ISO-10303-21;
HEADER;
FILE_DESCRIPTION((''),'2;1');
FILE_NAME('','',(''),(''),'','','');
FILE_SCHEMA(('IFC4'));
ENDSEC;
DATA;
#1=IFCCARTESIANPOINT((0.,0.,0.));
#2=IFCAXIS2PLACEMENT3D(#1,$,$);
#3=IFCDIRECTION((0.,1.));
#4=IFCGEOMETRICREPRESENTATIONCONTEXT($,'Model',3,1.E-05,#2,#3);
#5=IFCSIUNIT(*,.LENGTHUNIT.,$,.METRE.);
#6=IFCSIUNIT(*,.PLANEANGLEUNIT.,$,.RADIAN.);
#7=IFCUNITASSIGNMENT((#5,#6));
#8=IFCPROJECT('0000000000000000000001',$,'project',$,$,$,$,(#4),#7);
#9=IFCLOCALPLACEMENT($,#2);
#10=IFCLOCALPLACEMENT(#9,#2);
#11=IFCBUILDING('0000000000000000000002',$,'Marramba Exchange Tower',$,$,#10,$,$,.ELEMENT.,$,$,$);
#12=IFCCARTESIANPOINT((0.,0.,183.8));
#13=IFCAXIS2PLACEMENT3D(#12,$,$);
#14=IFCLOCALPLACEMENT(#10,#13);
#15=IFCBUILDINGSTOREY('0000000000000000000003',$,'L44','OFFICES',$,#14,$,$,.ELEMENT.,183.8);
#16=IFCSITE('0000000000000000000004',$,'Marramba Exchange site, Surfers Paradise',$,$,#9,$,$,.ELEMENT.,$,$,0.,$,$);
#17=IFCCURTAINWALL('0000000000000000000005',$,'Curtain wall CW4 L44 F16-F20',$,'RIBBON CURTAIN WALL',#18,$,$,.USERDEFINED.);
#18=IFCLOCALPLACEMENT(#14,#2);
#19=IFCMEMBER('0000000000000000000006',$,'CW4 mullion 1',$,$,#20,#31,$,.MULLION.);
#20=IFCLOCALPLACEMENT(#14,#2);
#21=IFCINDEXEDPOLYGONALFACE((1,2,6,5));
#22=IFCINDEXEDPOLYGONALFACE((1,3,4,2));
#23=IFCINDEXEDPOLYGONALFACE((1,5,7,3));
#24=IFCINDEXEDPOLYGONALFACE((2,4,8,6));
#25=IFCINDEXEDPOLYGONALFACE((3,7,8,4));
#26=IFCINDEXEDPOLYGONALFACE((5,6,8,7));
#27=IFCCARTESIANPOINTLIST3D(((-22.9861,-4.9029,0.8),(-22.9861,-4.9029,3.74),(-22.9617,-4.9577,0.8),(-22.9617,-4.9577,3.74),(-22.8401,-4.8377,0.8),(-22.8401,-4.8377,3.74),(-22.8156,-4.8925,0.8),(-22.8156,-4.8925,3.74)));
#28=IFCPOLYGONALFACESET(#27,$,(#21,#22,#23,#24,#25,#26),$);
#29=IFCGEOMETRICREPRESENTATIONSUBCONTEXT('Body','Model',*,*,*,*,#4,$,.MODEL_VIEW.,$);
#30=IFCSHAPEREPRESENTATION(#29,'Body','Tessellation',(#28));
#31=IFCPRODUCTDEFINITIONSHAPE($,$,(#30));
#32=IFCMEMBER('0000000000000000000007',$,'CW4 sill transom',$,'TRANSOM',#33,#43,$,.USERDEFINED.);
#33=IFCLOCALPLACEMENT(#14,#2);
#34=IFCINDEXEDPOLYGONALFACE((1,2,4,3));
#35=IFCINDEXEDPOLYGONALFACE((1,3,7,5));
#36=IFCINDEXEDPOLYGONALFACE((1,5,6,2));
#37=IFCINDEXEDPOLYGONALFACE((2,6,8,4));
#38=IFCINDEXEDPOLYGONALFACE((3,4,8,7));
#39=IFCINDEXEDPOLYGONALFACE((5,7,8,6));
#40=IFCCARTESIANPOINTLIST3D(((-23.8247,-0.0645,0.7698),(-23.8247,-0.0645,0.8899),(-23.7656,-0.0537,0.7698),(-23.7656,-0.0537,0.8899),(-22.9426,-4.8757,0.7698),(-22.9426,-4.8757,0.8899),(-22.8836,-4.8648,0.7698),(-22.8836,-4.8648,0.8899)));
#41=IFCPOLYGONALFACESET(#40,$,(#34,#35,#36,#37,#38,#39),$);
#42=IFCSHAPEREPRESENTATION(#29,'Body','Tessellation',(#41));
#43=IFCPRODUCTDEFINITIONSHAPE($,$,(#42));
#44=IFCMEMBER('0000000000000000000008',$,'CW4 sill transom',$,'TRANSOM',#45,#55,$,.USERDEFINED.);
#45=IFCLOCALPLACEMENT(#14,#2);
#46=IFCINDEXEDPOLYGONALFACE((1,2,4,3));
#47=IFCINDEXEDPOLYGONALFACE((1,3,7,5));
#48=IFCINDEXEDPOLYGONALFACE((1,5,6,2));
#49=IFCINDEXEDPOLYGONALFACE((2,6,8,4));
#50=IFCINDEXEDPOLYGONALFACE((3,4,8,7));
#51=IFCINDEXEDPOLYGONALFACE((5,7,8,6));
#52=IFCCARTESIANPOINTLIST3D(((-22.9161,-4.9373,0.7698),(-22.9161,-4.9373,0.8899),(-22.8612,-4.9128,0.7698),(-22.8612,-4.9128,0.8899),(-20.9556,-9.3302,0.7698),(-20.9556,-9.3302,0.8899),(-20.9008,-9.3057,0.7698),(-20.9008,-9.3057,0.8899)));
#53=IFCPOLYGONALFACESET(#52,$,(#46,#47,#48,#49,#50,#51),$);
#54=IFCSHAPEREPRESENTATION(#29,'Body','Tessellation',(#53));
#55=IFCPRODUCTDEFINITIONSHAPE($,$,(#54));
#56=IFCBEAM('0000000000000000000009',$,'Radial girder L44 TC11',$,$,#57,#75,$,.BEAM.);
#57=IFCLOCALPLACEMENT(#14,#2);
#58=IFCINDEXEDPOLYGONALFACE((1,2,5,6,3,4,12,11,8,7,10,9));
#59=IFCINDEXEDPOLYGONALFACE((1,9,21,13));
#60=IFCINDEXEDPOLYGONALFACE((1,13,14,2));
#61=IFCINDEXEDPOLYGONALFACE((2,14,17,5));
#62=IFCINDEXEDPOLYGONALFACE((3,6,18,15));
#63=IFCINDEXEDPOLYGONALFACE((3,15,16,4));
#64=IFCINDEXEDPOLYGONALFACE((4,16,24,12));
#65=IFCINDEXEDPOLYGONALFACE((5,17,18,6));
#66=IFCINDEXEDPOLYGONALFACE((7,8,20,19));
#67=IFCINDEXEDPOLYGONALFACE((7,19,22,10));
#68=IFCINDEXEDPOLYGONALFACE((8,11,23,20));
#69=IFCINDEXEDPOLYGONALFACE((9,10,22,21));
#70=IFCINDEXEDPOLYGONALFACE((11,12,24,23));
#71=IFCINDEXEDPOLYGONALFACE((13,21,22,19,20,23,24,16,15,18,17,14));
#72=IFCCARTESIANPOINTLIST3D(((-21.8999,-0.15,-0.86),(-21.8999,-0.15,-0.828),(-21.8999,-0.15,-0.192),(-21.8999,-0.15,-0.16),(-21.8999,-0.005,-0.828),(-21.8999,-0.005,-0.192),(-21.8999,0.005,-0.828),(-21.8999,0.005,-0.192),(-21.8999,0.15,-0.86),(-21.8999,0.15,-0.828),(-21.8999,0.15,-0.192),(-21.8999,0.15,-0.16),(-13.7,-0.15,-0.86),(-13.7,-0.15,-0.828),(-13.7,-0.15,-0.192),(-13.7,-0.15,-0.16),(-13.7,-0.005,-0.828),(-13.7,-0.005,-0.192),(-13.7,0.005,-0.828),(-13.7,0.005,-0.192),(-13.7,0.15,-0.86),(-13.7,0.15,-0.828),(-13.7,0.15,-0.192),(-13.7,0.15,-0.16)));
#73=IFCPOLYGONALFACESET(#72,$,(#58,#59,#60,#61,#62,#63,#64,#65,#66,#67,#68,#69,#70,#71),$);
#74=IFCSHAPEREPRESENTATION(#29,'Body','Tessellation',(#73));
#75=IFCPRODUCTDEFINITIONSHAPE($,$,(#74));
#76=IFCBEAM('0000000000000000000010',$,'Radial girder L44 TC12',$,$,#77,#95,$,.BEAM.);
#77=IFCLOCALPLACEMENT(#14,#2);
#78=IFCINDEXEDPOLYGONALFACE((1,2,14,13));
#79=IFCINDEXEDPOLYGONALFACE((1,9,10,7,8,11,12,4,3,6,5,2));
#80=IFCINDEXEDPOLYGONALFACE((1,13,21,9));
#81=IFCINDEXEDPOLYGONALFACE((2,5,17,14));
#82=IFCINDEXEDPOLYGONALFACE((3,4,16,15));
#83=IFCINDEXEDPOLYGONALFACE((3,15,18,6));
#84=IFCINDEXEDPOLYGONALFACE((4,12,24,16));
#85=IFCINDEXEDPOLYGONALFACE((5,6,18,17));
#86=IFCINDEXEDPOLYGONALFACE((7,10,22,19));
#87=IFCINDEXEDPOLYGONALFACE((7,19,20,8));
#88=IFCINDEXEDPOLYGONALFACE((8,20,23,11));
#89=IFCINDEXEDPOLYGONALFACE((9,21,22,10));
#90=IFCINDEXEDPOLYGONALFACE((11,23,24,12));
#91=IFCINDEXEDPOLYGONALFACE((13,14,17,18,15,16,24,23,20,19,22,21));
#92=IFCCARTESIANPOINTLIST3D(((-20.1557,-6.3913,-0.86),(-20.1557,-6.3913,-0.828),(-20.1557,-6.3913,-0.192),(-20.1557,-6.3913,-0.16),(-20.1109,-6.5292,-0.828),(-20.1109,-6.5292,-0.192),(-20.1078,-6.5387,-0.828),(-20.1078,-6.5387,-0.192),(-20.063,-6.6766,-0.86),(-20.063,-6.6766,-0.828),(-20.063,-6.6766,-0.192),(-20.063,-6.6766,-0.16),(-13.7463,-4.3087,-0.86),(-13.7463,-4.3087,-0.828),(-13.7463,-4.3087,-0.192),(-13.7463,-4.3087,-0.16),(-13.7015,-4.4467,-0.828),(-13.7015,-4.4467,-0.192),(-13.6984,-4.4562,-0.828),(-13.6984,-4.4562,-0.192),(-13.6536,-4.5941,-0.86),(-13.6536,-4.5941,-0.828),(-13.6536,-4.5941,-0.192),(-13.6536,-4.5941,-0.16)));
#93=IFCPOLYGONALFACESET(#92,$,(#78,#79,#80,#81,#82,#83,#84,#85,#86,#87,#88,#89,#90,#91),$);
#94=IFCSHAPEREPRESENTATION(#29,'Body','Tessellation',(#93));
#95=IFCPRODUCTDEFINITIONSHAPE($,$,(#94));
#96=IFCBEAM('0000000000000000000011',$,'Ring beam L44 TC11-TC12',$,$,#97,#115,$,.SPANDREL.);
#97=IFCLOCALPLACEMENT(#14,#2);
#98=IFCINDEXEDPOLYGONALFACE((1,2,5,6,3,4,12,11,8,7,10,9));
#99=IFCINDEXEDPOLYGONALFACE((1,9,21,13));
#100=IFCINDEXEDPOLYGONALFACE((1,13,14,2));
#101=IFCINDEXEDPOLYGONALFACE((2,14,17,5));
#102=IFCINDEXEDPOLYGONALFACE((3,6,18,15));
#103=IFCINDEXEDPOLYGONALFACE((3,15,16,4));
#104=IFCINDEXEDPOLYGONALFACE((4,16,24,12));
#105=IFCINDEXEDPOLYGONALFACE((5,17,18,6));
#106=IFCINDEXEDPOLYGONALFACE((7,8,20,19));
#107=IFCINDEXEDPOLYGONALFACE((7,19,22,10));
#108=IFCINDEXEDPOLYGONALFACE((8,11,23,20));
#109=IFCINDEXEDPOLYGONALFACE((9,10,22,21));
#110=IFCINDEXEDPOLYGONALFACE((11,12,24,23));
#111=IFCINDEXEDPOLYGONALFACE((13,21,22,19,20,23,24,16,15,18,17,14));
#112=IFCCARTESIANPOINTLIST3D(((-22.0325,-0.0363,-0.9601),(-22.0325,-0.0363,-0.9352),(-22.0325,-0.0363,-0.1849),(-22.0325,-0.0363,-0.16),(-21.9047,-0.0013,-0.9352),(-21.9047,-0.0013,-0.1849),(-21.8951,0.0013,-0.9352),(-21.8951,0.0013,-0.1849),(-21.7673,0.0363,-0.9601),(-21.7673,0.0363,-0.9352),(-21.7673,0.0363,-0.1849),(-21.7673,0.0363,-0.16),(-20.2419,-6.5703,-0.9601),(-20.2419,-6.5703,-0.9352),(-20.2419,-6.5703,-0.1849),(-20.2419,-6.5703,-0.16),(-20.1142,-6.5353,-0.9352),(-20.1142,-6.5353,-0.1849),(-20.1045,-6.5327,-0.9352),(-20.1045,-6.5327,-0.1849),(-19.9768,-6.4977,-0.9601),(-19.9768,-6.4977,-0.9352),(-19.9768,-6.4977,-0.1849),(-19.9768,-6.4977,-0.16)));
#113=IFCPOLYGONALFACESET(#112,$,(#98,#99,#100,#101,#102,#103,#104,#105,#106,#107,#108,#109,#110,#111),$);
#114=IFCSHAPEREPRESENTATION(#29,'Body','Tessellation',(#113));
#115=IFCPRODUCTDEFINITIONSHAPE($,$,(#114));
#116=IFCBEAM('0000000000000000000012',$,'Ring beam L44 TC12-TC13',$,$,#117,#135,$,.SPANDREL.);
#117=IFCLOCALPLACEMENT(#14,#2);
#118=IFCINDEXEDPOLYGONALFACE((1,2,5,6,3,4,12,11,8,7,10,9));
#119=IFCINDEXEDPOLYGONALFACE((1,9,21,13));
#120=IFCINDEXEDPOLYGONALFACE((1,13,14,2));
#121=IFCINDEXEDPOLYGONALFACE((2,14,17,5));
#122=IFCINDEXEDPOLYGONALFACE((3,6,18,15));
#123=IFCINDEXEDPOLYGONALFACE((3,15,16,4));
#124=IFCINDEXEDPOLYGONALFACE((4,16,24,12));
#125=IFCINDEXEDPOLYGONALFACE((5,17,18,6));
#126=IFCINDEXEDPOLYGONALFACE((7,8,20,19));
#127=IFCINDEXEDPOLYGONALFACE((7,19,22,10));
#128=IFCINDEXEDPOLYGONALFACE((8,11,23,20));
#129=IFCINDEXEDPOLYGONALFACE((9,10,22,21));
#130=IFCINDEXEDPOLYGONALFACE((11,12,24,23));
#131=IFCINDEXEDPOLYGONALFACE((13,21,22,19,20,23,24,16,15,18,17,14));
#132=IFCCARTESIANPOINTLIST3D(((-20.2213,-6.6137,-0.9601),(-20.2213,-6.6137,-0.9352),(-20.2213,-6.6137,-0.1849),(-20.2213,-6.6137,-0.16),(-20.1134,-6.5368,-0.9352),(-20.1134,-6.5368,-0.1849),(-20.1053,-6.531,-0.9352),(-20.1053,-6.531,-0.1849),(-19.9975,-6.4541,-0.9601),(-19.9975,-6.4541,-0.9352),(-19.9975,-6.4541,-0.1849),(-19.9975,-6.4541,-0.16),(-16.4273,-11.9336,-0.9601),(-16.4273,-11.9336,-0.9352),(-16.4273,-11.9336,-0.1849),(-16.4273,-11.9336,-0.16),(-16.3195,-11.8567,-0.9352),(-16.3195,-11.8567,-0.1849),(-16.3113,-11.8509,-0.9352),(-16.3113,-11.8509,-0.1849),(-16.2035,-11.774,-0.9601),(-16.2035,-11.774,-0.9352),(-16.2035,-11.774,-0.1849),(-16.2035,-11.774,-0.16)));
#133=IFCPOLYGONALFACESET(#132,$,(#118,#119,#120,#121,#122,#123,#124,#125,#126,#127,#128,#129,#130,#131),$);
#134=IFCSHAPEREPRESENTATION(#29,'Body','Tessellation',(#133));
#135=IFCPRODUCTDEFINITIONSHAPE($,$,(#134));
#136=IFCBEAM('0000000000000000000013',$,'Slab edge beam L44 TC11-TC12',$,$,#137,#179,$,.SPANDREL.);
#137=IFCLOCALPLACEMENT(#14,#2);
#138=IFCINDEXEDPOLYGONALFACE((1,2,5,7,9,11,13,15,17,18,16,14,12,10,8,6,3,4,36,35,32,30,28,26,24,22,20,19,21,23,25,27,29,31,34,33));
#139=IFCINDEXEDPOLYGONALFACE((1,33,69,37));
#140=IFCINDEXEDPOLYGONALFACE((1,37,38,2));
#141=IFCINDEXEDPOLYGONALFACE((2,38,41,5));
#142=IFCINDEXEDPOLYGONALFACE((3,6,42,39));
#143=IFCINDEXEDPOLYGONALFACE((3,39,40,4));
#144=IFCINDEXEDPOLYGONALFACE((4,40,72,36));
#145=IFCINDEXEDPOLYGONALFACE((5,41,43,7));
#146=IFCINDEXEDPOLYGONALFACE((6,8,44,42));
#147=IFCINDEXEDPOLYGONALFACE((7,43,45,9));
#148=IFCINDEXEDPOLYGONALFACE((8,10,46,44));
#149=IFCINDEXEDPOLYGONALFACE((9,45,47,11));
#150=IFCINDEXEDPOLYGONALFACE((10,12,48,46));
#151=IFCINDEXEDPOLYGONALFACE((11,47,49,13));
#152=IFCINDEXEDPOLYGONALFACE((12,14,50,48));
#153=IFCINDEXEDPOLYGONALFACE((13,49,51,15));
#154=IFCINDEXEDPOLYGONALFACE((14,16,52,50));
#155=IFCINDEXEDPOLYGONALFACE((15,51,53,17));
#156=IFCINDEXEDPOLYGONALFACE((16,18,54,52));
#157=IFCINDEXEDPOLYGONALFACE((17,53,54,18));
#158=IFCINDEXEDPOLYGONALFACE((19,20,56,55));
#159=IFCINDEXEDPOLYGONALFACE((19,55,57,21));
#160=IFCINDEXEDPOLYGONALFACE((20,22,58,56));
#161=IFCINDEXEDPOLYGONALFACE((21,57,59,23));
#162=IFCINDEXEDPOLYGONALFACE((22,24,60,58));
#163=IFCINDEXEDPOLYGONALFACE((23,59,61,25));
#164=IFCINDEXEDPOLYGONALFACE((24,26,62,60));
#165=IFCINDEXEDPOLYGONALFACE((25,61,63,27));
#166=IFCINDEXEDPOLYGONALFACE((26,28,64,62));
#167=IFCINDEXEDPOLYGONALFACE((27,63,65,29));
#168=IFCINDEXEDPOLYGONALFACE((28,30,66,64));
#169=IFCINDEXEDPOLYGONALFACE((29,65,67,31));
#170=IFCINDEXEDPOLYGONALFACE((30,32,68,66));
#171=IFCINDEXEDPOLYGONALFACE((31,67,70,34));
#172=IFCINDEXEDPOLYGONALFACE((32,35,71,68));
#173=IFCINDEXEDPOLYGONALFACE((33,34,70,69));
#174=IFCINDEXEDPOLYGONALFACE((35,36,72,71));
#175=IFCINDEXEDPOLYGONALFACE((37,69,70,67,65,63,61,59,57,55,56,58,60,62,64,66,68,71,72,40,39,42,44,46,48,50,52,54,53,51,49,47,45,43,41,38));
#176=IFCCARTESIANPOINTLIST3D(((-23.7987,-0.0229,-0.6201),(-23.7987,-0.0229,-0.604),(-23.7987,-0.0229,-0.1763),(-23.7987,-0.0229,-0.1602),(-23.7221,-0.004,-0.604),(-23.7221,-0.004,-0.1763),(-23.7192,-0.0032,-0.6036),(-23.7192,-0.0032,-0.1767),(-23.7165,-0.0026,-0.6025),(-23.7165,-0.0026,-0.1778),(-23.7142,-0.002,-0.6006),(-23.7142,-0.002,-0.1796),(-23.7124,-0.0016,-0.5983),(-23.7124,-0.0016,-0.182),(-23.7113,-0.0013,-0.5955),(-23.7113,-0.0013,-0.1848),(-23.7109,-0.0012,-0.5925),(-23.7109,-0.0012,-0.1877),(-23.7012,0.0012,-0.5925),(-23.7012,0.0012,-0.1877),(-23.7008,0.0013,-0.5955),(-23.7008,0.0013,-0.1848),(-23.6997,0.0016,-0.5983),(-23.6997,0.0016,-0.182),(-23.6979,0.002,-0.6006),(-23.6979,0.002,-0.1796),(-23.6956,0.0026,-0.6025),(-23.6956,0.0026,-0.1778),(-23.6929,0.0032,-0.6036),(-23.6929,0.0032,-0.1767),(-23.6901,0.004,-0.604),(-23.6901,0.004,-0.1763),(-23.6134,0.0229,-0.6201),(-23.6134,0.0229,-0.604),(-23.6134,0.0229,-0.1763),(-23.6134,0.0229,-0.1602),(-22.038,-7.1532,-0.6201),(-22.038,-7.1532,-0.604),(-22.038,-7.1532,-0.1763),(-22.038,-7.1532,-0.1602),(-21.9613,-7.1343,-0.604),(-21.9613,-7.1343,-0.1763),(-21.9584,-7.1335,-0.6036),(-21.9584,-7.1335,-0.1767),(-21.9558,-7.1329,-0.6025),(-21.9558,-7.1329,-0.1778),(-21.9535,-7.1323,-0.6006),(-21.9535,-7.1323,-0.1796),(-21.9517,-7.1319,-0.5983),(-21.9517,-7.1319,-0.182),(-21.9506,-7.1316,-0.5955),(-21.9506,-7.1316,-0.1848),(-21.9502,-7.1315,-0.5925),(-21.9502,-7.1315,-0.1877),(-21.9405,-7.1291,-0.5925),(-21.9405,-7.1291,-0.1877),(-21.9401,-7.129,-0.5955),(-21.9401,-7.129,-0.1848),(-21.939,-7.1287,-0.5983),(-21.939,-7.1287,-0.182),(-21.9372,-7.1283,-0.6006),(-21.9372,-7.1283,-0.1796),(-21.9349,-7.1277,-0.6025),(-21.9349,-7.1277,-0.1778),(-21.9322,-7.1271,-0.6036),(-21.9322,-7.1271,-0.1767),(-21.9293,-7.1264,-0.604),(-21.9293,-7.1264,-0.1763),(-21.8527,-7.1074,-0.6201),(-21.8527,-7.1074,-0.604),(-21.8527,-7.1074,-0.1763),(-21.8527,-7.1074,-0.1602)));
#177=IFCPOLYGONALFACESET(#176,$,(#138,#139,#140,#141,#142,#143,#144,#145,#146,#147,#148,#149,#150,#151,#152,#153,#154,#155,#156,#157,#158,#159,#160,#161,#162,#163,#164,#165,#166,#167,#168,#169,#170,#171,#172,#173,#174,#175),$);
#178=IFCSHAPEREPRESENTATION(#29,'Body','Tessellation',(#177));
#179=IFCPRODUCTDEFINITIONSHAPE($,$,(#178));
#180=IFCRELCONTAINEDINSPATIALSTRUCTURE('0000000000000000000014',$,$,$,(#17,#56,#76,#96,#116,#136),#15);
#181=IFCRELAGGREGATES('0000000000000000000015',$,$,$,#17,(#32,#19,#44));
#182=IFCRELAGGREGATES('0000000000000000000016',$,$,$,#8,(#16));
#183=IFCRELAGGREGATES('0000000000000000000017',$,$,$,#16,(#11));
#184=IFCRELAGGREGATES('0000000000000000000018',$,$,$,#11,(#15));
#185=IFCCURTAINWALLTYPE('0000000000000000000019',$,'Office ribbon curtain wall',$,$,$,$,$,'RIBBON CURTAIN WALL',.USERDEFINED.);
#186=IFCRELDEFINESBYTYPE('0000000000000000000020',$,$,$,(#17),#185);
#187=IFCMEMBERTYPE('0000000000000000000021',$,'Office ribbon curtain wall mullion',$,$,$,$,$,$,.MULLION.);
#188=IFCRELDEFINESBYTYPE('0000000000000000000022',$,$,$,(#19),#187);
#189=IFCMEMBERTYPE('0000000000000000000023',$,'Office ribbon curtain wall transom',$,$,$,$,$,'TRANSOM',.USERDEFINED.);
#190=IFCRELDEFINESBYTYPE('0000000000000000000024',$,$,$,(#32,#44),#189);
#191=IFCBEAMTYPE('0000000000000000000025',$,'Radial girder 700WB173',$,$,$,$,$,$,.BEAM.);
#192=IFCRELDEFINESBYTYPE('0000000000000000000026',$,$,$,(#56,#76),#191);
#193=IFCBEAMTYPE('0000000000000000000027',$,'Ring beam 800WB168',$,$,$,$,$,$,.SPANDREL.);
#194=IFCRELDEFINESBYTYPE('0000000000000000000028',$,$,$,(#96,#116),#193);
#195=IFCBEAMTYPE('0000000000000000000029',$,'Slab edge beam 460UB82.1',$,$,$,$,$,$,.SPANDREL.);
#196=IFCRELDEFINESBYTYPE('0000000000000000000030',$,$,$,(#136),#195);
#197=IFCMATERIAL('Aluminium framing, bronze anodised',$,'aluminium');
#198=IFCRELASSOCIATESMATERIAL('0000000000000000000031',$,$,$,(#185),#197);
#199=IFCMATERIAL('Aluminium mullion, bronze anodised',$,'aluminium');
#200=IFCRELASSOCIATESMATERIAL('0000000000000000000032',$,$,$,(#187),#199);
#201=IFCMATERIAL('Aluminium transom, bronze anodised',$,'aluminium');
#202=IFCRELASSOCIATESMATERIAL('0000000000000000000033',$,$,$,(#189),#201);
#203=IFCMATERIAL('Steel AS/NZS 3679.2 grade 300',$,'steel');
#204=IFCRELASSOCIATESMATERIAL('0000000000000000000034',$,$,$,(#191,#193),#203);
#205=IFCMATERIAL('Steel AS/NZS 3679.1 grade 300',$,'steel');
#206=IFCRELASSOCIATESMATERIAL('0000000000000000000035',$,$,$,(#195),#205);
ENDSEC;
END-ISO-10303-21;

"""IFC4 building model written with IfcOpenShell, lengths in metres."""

from ifc_helpers import new_model, si_unit, direction, frame, origin, origin_2d, place, context, subcontext, project, spatial, rectangle, i_section, extrude, material, material_profile, profile_set, type_object, element, aggregate, save


model = new_model("IFC4")

# Units and contexts
model_context = context("Model", 3, precision=1e-05, world=origin(), true_north=direction((0.0, 1.0)))
body_context = subcontext(model_context, "Body", "Model", "MODEL_VIEW")
ifc_project = project(units=[si_unit("LENGTHUNIT", "METRE"), si_unit("PLANEANGLEUNIT", "RADIAN")], contexts=[model_context])

# Site, building, storey
site_placement = place(None, origin())
site = spatial("IfcSite", under=ifc_project, at=site_placement, Name="Marramba Exchange site, Surfers Paradise", CompositionType="ELEMENT", RefElevation=0.0)
building_placement = place(site_placement, origin())
building = spatial("IfcBuilding", under=site, at=building_placement, Name="Marramba Exchange Tower", CompositionType="ELEMENT")
storey_placement = place(building_placement, frame((0.0, 0.0, 183.8)))
storey = spatial("IfcBuildingStorey", under=building, at=storey_placement, Name="L44", Description="OFFICES", CompositionType="ELEMENT", Elevation=183.8)

# Shared definitions
ifc_material_1 = material(Name="Steel AS/NZS 3679.2 grade 300", Category="steel")
ifc_material_2 = material(Name="Steel AS/NZS 3679.1 grade 300", Category="steel")

# Curtain wall, members
ifc_material_3 = material(Name="Aluminium framing, bronze anodised", Category="aluminium")
curtain_wall_type = type_object("IfcCurtainWallType", Name="Office ribbon curtain wall", ElementType="RIBBON CURTAIN WALL", PredefinedType="USERDEFINED", material=ifc_material_3)
curtain_wall_placement = place(storey_placement, origin())
curtain_wall = element("IfcCurtainWall", 1, at=curtain_wall_placement, inside=storey, type_object=curtain_wall_type, Name="Curtain wall CW4 L44 F16-F20", ObjectType="RIBBON CURTAIN WALL", PredefinedType="USERDEFINED")
ifc_material_4 = material(Name="Aluminium mullion, bronze anodised", Category="aluminium")
ifc_material_profile_1 = material_profile(ifc_material_4, rectangle(XDim=0.1599, YDim=0.0601, at=origin_2d()), Name="CW4 mullion 60x160")
ifc_profile_set_1 = profile_set([ifc_material_profile_1], Name="Aluminium mullion, bronze anodised")
member_type_1 = type_object("IfcMemberType", Name="Office ribbon curtain wall mullion", PredefinedType="MULLION", material=ifc_profile_set_1)
member_1_placement = place(storey_placement, frame((-22.9009, -4.8977, 0.8), z_axis=(0.0, 0.0, 1.0), x_axis=(0.91318, 0.407558, 0.0)))
member_1 = element("IfcMember", 2, at=member_1_placement, type_object=member_type_1, Name="CW4 mullion 1", PredefinedType="MULLION", context=body_context, shape_type="SweptSolid", body=[
    extrude(rectangle(XDim=0.1599, YDim=0.0601, at=origin_2d()), origin(), (0.0, 0.0, 1.0), 2.9399),
])
ifc_material_5 = material(Name="Aluminium transom, bronze anodised", Category="aluminium")
ifc_material_profile_2 = material_profile(ifc_material_5, rectangle(XDim=0.0601, YDim=0.1201, at=origin_2d()), Name="CW4 transom 60x120")
ifc_profile_set_2 = profile_set([ifc_material_profile_2], Name="Aluminium transom, bronze anodised")
member_type_2 = type_object("IfcMemberType", Name="Office ribbon curtain wall transom", ElementType="TRANSOM", PredefinedType="USERDEFINED", material=ifc_profile_set_2)
member_2_placement = place(storey_placement, frame((-23.7952, -0.0591, 0.8298), z_axis=(0.18033, -0.983606, 0.0), x_axis=(0.983606, 0.18033, 0.0)))
member_2 = element("IfcMember", 3, at=member_2_placement, type_object=member_type_2, Name="CW4 sill transom", ObjectType="TRANSOM", PredefinedType="USERDEFINED", context=body_context, shape_type="SweptSolid", body=[
    extrude(rectangle(XDim=0.0601, YDim=0.1201, at=origin_2d()), origin(), (0.0, 0.0, 1.0), 4.8914),
])
member_3_placement = place(storey_placement, frame((-22.8887, -4.925, 0.8298), z_axis=(0.407541, -0.913187, 0.0), x_axis=(0.913187, 0.407541, 0.0)))
member_3 = element("IfcMember", 4, at=member_3_placement, type_object=member_type_2, Name="CW4 sill transom", ObjectType="TRANSOM", PredefinedType="USERDEFINED", context=body_context, shape_type="SweptSolid", body=[
    extrude(rectangle(XDim=0.0601, YDim=0.1201, at=origin_2d()), origin(), (0.0, 0.0, 1.0), 4.8105),
])

# Beams
ifc_material_profile_3 = material_profile(ifc_material_1, i_section(OverallWidth=0.3, OverallDepth=0.7, WebThickness=0.01, FlangeThickness=0.032, at=origin_2d()), Name="700WB173")
ifc_profile_set_3 = profile_set([ifc_material_profile_3], Name="Steel AS/NZS 3679.2 grade 300")
beam_type_1 = type_object("IfcBeamType", Name="Radial girder 700WB173", PredefinedType="BEAM", material=ifc_profile_set_3)
beam_1_placement = place(storey_placement, frame((-13.7, 0.0, -0.51), z_axis=(-1.0, 0.0, 0.0), x_axis=(0.0, -1.0, 0.0)))
element("IfcBeam", 5, at=beam_1_placement, inside=storey, type_object=beam_type_1, Name="Radial girder L44 TC11", PredefinedType="BEAM", context=body_context, shape_type="SweptSolid", body=[
    extrude(i_section(OverallWidth=0.3, OverallDepth=0.7, WebThickness=0.01, FlangeThickness=0.032, at=origin_2d()), origin(), (0.0, 0.0, 1.0), 8.2),
])
beam_2_placement = place(storey_placement, frame((-13.7, -4.4514, -0.51), z_axis=(-0.951058, -0.309013, 0.0), x_axis=(0.309013, -0.951058, 0.0)))
element("IfcBeam", 6, at=beam_2_placement, inside=storey, type_object=beam_type_1, Name="Radial girder L44 TC12", PredefinedType="BEAM", context=body_context, shape_type="SweptSolid", body=[
    extrude(i_section(OverallWidth=0.3, OverallDepth=0.7, WebThickness=0.01, FlangeThickness=0.032, at=origin_2d()), origin(), (0.0, 0.0, 1.0), 6.7393),
])
ifc_material_profile_4 = material_profile(ifc_material_1, i_section(OverallWidth=0.2749, OverallDepth=0.8, WebThickness=0.01, FlangeThickness=0.0249, at=origin_2d()), Name="800WB168")
ifc_profile_set_4 = profile_set([ifc_material_profile_4], Name="Steel AS/NZS 3679.2 grade 300")
beam_type_2 = type_object("IfcBeamType", Name="Ring beam 800WB168", PredefinedType="SPANDREL", material=ifc_profile_set_4)
beam_3_placement = place(storey_placement, frame((-21.8999, 0.0, -0.5601), z_axis=(0.264291, -0.964443, 0.0), x_axis=(0.964443, 0.264291, 0.0)))
element("IfcBeam", 7, at=beam_3_placement, inside=storey, type_object=beam_type_2, Name="Ring beam L44 TC11-TC12", PredefinedType="SPANDREL", context=body_context, shape_type="SweptSolid", body=[
    extrude(i_section(OverallWidth=0.2749, OverallDepth=0.8, WebThickness=0.01, FlangeThickness=0.0249, at=origin_2d()), origin(), (0.0, 0.0, 1.0), 6.7749),
])
beam_4_placement = place(storey_placement, frame((-20.1094, -6.5339, -0.5601), z_axis=(0.580637, -0.814162, 0.0), x_axis=(0.814162, 0.580637, 0.0)))
element("IfcBeam", 8, at=beam_4_placement, inside=storey, type_object=beam_type_2, Name="Ring beam L44 TC12-TC13", PredefinedType="SPANDREL", context=body_context, shape_type="SweptSolid", body=[
    extrude(i_section(OverallWidth=0.2749, OverallDepth=0.8, WebThickness=0.01, FlangeThickness=0.0249, at=origin_2d()), origin(), (0.0, 0.0, 1.0), 6.5342),
])
ifc_material_profile_5 = material_profile(ifc_material_2, i_section(OverallWidth=0.1909, OverallDepth=0.46, WebThickness=0.01, FlangeThickness=0.0161, FilletRadius=0.0115, at=origin_2d()), Name="460UB82.1")
ifc_profile_set_5 = profile_set([ifc_material_profile_5], Name="Steel AS/NZS 3679.1 grade 300")
beam_type_3 = type_object("IfcBeamType", Name="Slab edge beam 460UB82.1", PredefinedType="SPANDREL", material=ifc_profile_set_5)
beam_5_placement = place(storey_placement, frame((-23.7061, 0.0, -0.3901), z_axis=(0.239735, -0.970838, 0.0), x_axis=(0.970838, 0.239735, 0.0)))
element("IfcBeam", 9, at=beam_5_placement, inside=storey, type_object=beam_type_3, Name="Slab edge beam L44 TC11-TC12", PredefinedType="SPANDREL", context=body_context, shape_type="SweptSolid", body=[
    extrude(i_section(OverallWidth=0.1909, OverallDepth=0.46, WebThickness=0.01, FlangeThickness=0.0161, FilletRadius=0.0115, at=origin_2d()), origin(), (0.0, 0.0, 1.0), 7.3445),
])

aggregate(curtain_wall, [member_2, member_1, member_3])

save(model, "model.ifc")
